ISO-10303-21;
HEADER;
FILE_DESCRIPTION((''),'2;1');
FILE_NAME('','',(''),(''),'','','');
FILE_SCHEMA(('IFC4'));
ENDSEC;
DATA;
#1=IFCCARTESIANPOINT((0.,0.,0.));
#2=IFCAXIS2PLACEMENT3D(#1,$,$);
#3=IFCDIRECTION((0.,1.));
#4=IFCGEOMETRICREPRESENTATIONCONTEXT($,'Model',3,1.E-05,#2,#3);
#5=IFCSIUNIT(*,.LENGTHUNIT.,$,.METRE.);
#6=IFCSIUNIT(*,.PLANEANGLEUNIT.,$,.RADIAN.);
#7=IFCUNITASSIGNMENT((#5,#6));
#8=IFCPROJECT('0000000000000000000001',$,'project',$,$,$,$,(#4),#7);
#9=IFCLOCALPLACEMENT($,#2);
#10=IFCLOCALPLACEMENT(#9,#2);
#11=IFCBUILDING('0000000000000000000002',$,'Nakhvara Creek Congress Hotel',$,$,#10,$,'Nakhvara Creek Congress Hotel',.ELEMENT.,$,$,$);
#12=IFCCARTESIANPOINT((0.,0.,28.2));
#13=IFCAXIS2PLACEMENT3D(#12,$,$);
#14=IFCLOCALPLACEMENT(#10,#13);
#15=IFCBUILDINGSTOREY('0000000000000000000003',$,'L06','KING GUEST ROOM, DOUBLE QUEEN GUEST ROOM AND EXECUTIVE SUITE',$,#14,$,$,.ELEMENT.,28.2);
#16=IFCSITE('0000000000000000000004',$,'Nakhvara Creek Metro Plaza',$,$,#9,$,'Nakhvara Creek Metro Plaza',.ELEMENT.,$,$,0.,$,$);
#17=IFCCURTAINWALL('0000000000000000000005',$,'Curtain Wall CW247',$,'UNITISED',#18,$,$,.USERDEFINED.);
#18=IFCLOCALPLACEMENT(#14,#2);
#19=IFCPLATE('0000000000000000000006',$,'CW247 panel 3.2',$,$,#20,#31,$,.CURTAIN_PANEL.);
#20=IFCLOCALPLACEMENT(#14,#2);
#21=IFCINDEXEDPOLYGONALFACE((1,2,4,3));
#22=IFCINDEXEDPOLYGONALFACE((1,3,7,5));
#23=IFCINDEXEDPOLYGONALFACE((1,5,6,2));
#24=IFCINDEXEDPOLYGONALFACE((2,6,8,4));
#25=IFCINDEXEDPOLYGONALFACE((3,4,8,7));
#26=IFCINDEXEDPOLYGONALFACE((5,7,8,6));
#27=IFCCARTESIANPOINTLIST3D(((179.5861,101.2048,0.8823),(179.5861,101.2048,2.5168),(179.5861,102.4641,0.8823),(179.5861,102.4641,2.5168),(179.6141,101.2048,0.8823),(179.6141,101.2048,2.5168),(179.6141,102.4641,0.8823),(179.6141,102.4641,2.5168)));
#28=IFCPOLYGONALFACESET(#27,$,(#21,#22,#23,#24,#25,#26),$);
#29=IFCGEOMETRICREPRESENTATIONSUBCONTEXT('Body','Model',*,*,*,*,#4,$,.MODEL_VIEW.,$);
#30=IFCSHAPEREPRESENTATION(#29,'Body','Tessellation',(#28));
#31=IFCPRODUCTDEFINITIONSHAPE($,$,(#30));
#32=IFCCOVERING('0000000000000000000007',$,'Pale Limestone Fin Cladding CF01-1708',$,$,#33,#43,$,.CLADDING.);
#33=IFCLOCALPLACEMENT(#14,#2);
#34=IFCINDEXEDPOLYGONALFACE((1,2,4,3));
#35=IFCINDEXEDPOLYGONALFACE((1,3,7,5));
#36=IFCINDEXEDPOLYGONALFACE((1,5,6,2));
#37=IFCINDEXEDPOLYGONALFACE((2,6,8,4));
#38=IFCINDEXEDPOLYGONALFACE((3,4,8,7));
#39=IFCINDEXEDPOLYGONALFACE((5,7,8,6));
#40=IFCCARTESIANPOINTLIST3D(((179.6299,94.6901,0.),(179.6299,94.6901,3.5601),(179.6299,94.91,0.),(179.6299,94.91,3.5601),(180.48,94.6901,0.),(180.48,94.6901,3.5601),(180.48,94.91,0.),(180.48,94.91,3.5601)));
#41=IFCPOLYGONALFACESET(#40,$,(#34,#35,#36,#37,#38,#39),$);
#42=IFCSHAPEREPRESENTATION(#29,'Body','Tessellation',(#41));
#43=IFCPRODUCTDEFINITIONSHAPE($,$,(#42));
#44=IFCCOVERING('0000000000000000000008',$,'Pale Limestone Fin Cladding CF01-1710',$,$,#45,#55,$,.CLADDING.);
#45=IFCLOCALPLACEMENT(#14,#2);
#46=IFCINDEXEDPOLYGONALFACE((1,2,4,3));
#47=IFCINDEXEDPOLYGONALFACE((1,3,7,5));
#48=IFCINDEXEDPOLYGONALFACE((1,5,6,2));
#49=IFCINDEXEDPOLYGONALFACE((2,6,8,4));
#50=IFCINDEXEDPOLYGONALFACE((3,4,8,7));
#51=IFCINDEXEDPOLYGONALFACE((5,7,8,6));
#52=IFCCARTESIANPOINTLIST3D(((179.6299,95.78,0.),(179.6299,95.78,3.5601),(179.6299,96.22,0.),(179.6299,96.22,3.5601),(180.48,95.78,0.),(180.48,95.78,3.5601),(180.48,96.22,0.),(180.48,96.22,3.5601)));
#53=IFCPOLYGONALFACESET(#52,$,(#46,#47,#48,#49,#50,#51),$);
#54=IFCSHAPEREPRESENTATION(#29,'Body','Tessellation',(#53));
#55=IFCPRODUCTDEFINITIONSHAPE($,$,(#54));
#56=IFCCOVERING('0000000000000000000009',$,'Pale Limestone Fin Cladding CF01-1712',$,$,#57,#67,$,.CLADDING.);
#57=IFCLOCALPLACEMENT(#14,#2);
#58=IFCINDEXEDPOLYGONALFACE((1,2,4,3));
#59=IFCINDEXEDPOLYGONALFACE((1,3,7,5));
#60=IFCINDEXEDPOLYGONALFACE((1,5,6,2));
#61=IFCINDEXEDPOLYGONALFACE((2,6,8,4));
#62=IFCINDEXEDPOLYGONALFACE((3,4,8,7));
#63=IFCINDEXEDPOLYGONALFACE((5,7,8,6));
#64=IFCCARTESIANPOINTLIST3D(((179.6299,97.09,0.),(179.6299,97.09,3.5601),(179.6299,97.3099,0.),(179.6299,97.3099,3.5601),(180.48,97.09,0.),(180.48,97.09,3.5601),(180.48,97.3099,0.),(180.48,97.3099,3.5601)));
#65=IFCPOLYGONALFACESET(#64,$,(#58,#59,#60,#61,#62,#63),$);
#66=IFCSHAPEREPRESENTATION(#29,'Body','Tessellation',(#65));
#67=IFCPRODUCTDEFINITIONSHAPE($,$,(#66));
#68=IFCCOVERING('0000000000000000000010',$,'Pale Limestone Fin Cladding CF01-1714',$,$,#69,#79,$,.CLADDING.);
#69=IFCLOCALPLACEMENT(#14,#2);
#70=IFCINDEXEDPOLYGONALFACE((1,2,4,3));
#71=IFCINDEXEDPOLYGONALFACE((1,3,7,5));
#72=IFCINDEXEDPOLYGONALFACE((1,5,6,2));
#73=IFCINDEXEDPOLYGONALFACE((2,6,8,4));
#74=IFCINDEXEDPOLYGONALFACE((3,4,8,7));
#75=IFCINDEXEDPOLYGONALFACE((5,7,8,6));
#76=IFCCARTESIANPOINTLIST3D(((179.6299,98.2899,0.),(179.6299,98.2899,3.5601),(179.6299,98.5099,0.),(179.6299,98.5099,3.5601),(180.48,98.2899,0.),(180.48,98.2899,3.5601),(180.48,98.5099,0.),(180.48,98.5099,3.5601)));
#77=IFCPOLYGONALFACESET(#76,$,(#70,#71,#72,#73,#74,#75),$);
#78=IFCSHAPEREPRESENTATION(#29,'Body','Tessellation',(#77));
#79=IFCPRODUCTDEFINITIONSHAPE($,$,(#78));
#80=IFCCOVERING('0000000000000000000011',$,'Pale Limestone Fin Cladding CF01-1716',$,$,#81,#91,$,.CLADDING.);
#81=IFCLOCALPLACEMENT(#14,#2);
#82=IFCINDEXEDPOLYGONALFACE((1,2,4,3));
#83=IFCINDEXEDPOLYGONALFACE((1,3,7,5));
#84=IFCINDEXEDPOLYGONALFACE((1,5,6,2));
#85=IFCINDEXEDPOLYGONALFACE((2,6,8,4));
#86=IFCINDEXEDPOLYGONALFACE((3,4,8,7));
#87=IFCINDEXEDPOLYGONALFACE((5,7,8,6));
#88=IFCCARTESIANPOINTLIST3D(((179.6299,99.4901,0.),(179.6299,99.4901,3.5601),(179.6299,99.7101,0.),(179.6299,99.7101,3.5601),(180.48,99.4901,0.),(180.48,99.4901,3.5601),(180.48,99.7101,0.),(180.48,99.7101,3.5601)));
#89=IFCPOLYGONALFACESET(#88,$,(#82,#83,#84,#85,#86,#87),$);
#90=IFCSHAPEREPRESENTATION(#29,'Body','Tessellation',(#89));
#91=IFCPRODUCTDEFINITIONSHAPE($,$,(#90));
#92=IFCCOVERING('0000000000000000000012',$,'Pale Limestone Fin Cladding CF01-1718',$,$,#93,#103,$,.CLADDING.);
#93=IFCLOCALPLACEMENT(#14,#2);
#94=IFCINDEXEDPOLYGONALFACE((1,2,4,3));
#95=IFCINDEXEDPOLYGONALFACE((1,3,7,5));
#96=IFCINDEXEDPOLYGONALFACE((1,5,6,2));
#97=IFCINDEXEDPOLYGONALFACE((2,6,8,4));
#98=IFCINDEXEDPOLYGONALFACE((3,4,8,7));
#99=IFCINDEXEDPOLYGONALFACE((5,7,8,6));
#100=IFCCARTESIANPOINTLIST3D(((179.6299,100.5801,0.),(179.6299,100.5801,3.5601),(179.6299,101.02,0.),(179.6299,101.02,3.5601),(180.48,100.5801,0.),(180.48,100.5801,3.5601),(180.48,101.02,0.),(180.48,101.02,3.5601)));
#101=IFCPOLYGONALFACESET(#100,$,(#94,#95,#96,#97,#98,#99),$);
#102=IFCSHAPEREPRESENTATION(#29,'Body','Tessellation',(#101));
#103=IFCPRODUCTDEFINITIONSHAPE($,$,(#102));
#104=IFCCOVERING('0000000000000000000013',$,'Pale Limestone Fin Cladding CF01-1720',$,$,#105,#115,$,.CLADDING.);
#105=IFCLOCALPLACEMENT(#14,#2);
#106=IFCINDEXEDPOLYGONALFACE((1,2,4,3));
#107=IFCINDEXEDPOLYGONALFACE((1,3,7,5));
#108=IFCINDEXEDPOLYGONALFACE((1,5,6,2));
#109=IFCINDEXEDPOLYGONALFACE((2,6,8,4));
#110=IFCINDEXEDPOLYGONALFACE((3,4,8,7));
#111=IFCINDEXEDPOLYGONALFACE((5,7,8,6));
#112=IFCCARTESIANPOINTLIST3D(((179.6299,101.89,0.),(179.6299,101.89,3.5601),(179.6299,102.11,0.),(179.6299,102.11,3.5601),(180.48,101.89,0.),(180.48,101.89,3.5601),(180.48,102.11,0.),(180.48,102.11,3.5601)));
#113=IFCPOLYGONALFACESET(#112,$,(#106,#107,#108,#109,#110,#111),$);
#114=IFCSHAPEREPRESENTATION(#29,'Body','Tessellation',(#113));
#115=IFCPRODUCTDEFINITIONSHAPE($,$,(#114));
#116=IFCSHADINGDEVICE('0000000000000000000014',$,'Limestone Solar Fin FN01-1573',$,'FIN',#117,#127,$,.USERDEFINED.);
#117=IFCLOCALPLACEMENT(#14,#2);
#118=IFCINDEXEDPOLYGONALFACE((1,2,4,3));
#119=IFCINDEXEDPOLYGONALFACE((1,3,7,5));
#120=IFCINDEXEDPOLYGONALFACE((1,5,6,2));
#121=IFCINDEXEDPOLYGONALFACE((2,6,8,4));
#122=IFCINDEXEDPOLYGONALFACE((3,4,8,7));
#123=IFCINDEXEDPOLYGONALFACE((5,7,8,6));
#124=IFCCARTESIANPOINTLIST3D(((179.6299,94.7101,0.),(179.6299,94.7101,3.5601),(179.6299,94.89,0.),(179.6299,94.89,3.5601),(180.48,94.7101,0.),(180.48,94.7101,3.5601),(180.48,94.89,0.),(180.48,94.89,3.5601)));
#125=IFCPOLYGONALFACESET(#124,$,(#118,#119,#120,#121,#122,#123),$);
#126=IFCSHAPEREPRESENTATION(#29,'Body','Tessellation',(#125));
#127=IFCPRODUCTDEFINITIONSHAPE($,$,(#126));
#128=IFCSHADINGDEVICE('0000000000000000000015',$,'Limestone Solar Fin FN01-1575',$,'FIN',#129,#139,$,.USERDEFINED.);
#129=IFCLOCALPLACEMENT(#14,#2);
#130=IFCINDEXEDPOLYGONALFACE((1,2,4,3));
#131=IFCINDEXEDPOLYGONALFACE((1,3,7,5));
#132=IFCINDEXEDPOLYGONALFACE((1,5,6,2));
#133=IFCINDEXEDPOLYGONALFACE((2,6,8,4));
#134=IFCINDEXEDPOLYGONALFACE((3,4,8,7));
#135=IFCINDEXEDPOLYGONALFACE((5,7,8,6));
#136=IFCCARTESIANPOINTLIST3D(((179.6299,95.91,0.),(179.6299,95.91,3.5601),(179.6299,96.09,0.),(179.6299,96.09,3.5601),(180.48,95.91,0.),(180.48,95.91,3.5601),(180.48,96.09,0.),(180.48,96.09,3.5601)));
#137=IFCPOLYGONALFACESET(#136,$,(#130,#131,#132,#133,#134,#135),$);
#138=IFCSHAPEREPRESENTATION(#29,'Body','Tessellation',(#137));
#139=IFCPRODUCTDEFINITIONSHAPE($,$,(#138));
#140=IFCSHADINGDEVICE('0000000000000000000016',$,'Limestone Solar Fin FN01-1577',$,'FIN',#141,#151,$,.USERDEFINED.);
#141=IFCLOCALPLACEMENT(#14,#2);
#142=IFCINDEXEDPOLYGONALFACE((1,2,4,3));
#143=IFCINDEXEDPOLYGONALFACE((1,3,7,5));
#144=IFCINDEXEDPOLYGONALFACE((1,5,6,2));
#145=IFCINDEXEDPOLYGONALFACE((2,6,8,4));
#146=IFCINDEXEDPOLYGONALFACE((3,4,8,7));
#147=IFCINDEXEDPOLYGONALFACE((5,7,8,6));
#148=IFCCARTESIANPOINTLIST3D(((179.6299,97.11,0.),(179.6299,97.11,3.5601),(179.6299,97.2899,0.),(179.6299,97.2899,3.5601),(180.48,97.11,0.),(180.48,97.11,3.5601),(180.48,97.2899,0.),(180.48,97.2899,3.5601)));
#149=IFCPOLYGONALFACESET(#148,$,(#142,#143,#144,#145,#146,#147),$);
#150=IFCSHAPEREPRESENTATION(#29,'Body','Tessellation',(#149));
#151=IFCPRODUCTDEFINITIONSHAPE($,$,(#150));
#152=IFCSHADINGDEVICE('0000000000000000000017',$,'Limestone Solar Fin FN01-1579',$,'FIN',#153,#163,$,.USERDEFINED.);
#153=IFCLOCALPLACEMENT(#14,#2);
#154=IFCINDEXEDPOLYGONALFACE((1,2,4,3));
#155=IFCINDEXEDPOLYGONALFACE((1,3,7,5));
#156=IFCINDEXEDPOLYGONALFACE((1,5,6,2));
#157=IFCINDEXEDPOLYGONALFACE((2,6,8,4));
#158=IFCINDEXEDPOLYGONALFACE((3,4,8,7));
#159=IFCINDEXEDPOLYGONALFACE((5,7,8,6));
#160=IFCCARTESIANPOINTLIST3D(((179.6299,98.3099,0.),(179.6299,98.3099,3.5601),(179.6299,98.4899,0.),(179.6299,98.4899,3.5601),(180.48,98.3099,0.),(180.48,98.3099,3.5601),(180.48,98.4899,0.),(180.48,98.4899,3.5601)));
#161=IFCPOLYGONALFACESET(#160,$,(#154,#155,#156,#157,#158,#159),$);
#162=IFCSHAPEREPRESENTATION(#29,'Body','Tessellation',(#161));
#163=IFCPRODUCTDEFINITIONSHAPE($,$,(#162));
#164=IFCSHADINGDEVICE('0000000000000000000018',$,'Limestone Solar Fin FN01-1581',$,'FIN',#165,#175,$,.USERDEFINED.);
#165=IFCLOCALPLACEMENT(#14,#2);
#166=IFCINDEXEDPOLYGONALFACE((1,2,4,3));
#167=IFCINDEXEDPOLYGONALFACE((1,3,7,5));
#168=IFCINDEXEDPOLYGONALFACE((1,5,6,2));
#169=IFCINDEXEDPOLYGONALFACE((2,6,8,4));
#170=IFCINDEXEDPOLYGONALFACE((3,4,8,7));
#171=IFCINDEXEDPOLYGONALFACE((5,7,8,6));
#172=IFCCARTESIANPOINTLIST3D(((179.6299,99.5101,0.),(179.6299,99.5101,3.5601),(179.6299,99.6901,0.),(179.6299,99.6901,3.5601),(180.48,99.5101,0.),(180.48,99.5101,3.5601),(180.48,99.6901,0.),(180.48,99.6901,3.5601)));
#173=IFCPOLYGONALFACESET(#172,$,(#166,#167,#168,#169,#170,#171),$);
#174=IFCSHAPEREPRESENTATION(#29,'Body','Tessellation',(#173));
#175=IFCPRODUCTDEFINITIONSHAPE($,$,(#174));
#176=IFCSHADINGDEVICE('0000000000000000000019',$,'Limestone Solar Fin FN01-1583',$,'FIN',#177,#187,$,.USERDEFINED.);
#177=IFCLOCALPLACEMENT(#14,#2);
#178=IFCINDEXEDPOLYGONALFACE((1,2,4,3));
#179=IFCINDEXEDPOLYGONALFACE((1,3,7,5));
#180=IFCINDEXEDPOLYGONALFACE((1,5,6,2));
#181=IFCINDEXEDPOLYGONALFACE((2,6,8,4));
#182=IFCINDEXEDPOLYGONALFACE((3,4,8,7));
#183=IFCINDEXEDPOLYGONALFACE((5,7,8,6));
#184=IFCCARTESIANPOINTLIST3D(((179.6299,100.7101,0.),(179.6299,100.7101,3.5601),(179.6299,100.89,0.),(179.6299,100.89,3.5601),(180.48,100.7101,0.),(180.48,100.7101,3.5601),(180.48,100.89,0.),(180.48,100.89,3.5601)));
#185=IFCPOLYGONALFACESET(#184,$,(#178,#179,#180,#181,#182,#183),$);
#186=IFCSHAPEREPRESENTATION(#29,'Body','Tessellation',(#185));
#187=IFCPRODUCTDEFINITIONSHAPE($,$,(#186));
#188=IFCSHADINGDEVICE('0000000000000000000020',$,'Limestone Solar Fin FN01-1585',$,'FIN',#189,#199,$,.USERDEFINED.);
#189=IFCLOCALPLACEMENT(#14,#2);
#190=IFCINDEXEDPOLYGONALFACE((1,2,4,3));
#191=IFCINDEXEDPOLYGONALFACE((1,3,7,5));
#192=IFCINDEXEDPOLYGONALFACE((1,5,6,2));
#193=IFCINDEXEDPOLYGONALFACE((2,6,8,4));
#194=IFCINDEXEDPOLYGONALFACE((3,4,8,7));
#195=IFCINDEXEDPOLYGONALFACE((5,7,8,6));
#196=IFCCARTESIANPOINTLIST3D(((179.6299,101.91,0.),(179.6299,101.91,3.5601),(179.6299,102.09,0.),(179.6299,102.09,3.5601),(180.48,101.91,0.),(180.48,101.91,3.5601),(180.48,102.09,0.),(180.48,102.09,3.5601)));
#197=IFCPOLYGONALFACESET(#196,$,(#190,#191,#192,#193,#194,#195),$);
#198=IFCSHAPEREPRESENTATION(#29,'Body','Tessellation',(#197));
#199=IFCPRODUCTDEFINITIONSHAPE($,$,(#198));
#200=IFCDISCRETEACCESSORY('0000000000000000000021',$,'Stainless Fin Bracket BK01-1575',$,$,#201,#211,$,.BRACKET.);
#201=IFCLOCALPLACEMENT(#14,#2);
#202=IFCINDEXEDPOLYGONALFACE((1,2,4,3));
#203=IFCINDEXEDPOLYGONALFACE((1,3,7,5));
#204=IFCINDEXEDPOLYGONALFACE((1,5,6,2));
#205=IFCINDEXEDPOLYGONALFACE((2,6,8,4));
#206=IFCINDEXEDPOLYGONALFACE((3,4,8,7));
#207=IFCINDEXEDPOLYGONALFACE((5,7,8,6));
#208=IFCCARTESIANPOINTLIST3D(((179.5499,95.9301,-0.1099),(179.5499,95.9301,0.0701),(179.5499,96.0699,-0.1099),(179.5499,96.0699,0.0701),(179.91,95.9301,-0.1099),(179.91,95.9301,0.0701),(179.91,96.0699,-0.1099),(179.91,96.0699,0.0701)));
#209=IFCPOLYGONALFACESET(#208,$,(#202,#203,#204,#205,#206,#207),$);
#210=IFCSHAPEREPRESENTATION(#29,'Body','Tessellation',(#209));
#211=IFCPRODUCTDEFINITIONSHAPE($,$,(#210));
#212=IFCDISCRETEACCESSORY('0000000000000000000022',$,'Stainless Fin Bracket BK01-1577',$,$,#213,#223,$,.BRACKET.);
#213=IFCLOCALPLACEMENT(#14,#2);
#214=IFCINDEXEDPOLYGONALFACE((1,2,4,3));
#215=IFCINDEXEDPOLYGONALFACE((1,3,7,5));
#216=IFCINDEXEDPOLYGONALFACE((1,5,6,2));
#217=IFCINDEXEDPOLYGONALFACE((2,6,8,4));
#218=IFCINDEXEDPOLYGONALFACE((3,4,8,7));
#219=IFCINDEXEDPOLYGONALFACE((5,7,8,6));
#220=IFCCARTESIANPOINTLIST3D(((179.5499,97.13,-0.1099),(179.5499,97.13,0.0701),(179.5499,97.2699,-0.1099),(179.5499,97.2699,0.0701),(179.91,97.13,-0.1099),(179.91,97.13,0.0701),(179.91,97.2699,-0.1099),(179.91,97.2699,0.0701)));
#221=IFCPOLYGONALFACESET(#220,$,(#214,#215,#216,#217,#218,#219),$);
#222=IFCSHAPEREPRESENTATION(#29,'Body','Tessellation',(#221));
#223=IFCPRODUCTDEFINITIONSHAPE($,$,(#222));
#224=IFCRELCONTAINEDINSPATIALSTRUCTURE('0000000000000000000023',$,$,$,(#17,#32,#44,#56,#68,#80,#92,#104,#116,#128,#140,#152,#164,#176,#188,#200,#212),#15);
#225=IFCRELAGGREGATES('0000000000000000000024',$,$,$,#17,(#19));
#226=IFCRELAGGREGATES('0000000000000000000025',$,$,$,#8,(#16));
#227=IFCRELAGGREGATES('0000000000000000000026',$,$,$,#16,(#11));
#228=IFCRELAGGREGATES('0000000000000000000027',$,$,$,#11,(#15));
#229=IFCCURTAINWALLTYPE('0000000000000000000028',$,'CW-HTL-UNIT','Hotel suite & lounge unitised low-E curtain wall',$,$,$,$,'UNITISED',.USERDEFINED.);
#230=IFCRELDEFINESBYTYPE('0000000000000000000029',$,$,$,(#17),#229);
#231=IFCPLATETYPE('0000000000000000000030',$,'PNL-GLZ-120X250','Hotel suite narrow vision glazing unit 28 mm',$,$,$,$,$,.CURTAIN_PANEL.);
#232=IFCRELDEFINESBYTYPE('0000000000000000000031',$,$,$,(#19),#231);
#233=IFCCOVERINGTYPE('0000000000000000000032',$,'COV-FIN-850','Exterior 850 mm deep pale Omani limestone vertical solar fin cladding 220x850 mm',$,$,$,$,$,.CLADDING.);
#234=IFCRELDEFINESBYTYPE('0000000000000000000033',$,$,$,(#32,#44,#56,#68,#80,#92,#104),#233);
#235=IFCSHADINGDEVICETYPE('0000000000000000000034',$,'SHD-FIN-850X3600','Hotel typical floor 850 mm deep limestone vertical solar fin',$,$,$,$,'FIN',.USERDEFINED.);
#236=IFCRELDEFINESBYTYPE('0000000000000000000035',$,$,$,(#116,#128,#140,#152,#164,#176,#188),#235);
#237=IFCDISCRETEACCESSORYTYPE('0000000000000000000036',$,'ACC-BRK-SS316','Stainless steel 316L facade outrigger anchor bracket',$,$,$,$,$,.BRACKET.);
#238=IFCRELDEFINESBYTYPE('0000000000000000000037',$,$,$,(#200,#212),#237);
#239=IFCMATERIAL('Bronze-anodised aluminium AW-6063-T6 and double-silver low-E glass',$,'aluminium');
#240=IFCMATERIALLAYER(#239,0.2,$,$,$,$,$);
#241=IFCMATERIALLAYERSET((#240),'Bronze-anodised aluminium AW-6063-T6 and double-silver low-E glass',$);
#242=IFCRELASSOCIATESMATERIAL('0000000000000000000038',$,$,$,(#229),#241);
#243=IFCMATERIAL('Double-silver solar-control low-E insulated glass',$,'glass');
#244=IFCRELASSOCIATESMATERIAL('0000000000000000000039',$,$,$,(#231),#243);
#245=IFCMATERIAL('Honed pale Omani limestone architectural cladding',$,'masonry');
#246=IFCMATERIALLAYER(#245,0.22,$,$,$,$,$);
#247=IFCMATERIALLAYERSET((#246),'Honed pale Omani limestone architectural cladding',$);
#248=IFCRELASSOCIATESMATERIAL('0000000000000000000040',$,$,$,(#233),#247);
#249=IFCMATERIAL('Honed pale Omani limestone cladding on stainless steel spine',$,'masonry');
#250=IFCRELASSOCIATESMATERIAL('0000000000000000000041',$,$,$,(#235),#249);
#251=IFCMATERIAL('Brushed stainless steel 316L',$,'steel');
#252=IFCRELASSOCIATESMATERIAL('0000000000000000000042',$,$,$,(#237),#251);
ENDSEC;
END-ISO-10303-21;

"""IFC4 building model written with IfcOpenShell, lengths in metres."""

from ifc_helpers import new_model, si_unit, direction, frame, origin, origin_2d, place, context, subcontext, project, spatial, rectangle, extrude, material, layer, layer_set, type_object, element, aggregate, save


model = new_model("IFC4")

# Units and contexts
model_context = context("Model", 3, precision=1e-05, world=origin(), true_north=direction((0.0, 1.0)))
body_context = subcontext(model_context, "Body", "Model", "MODEL_VIEW")
ifc_project = project(units=[si_unit("LENGTHUNIT", "METRE"), si_unit("PLANEANGLEUNIT", "RADIAN")], contexts=[model_context])

# Site, building, storey
site_placement = place(None, origin())
site = spatial("IfcSite", under=ifc_project, at=site_placement, Name="Nakhvara Creek Metro Plaza", LongName="Nakhvara Creek Metro Plaza", CompositionType="ELEMENT", RefElevation=0.0)
building_placement = place(site_placement, origin())
building = spatial("IfcBuilding", under=site, at=building_placement, Name="Nakhvara Creek Congress Hotel", LongName="Nakhvara Creek Congress Hotel", CompositionType="ELEMENT")
storey_placement = place(building_placement, frame((0.0, 0.0, 28.2)))
storey = spatial("IfcBuildingStorey", under=building, at=storey_placement, Name="L06", Description="KING GUEST ROOM, DOUBLE QUEEN GUEST ROOM AND EXECUTIVE SUITE", CompositionType="ELEMENT", Elevation=28.2)

# Curtain wall, plate
ifc_material_1 = material(Name="Bronze-anodised aluminium AW-6063-T6 and double-silver low-E glass", Category="aluminium")
ifc_layer_1 = layer(ifc_material_1, 0.2)
ifc_layer_set_1 = layer_set([ifc_layer_1], Name="Bronze-anodised aluminium AW-6063-T6 and double-silver low-E glass")
curtain_wall_type = type_object("IfcCurtainWallType", Name="CW-HTL-UNIT", Description="Hotel suite & lounge unitised low-E curtain wall", ElementType="UNITISED", PredefinedType="USERDEFINED", material=ifc_layer_set_1)
curtain_wall_placement = place(storey_placement, origin())
curtain_wall = element("IfcCurtainWall", 1, at=curtain_wall_placement, inside=storey, type_object=curtain_wall_type, Name="Curtain Wall CW247", ObjectType="UNITISED", PredefinedType="USERDEFINED")
ifc_material_2 = material(Name="Double-silver solar-control low-E insulated glass", Category="glass")
plate_type = type_object("IfcPlateType", Name="PNL-GLZ-120X250", Description="Hotel suite narrow vision glazing unit 28 mm", PredefinedType="CURTAIN_PANEL", material=ifc_material_2)
plate_placement = place(storey_placement, frame((179.6001, 101.8345, 0.8823), z_axis=(0.0, 0.0, 1.0), x_axis=(0.0, -1.0, 0.0)))
plate = element("IfcPlate", 2, at=plate_placement, type_object=plate_type, Name="CW247 panel 3.2", PredefinedType="CURTAIN_PANEL", context=body_context, shape_type="SweptSolid", body=[
    extrude(rectangle(XDim=1.2593, YDim=0.0281, at=origin_2d()), origin(), (0.0, 0.0, 1.0), 1.6345),
])
aggregate(curtain_wall, [plate])

# Coverings
ifc_material_3 = material(Name="Honed pale Omani limestone architectural cladding", Category="masonry")
ifc_layer_2 = layer(ifc_material_3, 0.22)
ifc_layer_set_2 = layer_set([ifc_layer_2], Name="Honed pale Omani limestone architectural cladding")
covering_type = type_object("IfcCoveringType", Name="COV-FIN-850", Description="Exterior 850 mm deep pale Omani limestone vertical solar fin cladding 220x850 mm", PredefinedType="CLADDING", material=ifc_layer_set_2)
covering_1_placement = place(storey_placement, frame((180.0549, 94.8, 0.0), z_axis=(0.0, 0.0, 1.0), x_axis=(0.0, 1.0, 0.0)))
element("IfcCovering", 3, at=covering_1_placement, inside=storey, type_object=covering_type, Name="Pale Limestone Fin Cladding CF01-1708", PredefinedType="CLADDING", context=body_context, shape_type="SweptSolid", body=[
    extrude(rectangle(XDim=0.22, YDim=0.8501, at=origin_2d()), origin(), (0.0, 0.0, 1.0), 3.5601),
])
covering_2_placement = place(storey_placement, frame((180.0549, 96.0, 0.0), z_axis=(0.0, 0.0, 1.0), x_axis=(0.0, 1.0, 0.0)))
element("IfcCovering", 4, at=covering_2_placement, inside=storey, type_object=covering_type, Name="Pale Limestone Fin Cladding CF01-1710", PredefinedType="CLADDING", context=body_context, shape_type="SweptSolid", body=[
    extrude(rectangle(XDim=0.4399, YDim=0.8501, at=origin_2d()), origin(), (0.0, 0.0, 1.0), 3.5601),
])
for number, where, z_axis, x_axis, name in (
    (5, (180.0549, 97.2, 0.0), (0.0, 0.0, 1.0), (0.0, 1.0, 0.0), "Pale Limestone Fin Cladding CF01-1712"),
    (6, (180.0549, 98.3999, 0.0), (0.0, 0.0, 1.0), (0.0, 1.0, 0.0), "Pale Limestone Fin Cladding CF01-1714"),
    (7, (180.0549, 99.6001, 0.0), (0.0, 0.0, 1.0), (0.0, 1.0, 0.0), "Pale Limestone Fin Cladding CF01-1716"),
):
    element("IfcCovering", number, at=place(storey_placement, frame(where, z_axis=z_axis, x_axis=x_axis)), inside=storey, type_object=covering_type, Name=name, PredefinedType="CLADDING", context=body_context, shape_type="SweptSolid", body=[
        extrude(rectangle(XDim=0.22, YDim=0.8501, at=origin_2d()), origin(), (0.0, 0.0, 1.0), 3.5601),
    ])
covering_3_placement = place(storey_placement, frame((180.0549, 100.8, 0.0), z_axis=(0.0, 0.0, 1.0), x_axis=(0.0, 1.0, 0.0)))
element("IfcCovering", 8, at=covering_3_placement, inside=storey, type_object=covering_type, Name="Pale Limestone Fin Cladding CF01-1718", PredefinedType="CLADDING", context=body_context, shape_type="SweptSolid", body=[
    extrude(rectangle(XDim=0.4399, YDim=0.8501, at=origin_2d()), origin(), (0.0, 0.0, 1.0), 3.5601),
])
covering_4_placement = place(storey_placement, frame((180.0549, 102.0, 0.0), z_axis=(0.0, 0.0, 1.0), x_axis=(0.0, 1.0, 0.0)))
element("IfcCovering", 9, at=covering_4_placement, inside=storey, type_object=covering_type, Name="Pale Limestone Fin Cladding CF01-1720", PredefinedType="CLADDING", context=body_context, shape_type="SweptSolid", body=[
    extrude(rectangle(XDim=0.22, YDim=0.8501, at=origin_2d()), origin(), (0.0, 0.0, 1.0), 3.5601),
])

# Shading devices
ifc_material_4 = material(Name="Honed pale Omani limestone cladding on stainless steel spine", Category="masonry")
shading_device_type = type_object("IfcShadingDeviceType", Name="SHD-FIN-850X3600", Description="Hotel typical floor 850 mm deep limestone vertical solar fin", ElementType="FIN", PredefinedType="USERDEFINED", material=ifc_material_4)
for number, where, z_axis, x_axis, name in (
    (10, (180.0549, 94.8, 0.0), (0.0, 0.0, 1.0), (0.0, 1.0, 0.0), "Limestone Solar Fin FN01-1573"),
    (11, (180.0549, 96.0, 0.0), (0.0, 0.0, 1.0), (0.0, 1.0, 0.0), "Limestone Solar Fin FN01-1575"),
    (12, (180.0549, 97.2, 0.0), (0.0, 0.0, 1.0), (0.0, 1.0, 0.0), "Limestone Solar Fin FN01-1577"),
    (13, (180.0549, 98.3999, 0.0), (0.0, 0.0, 1.0), (0.0, 1.0, 0.0), "Limestone Solar Fin FN01-1579"),
    (14, (180.0549, 99.6001, 0.0), (0.0, 0.0, 1.0), (0.0, 1.0, 0.0), "Limestone Solar Fin FN01-1581"),
    (15, (180.0549, 100.8, 0.0), (0.0, 0.0, 1.0), (0.0, 1.0, 0.0), "Limestone Solar Fin FN01-1583"),
    (16, (180.0549, 102.0, 0.0), (0.0, 0.0, 1.0), (0.0, 1.0, 0.0), "Limestone Solar Fin FN01-1585"),
):
    element("IfcShadingDevice", number, at=place(storey_placement, frame(where, z_axis=z_axis, x_axis=x_axis)), inside=storey, type_object=shading_device_type, Name=name, ObjectType="FIN", PredefinedType="USERDEFINED", context=body_context, shape_type="SweptSolid", body=[
        extrude(rectangle(XDim=0.1799, YDim=0.8501, at=origin_2d()), origin(), (0.0, 0.0, 1.0), 3.5601),
    ])

# Discrete accessories
ifc_material_5 = material(Name="Brushed stainless steel 316L", Category="steel")
discrete_accessory_type = type_object("IfcDiscreteAccessoryType", Name="ACC-BRK-SS316", Description="Stainless steel 316L facade outrigger anchor bracket", PredefinedType="BRACKET", material=ifc_material_5)
for number, where, z_axis, x_axis, name in (
    (17, (179.73, 96.0, -0.1099), (0.0, 0.0, 1.0), (0.0, 1.0, 0.0), "Stainless Fin Bracket BK01-1575"),
    (18, (179.73, 97.2, -0.1099), (0.0, 0.0, 1.0), (0.0, 1.0, 0.0), "Stainless Fin Bracket BK01-1577"),
):
    element("IfcDiscreteAccessory", number, at=place(storey_placement, frame(where, z_axis=z_axis, x_axis=x_axis)), inside=storey, type_object=discrete_accessory_type, Name=name, PredefinedType="BRACKET", context=body_context, shape_type="SweptSolid", body=[
        extrude(rectangle(XDim=0.1399, YDim=0.3601, at=origin_2d()), origin(), (0.0, 0.0, 1.0), 0.1799),
    ])

save(model, "model.ifc")
